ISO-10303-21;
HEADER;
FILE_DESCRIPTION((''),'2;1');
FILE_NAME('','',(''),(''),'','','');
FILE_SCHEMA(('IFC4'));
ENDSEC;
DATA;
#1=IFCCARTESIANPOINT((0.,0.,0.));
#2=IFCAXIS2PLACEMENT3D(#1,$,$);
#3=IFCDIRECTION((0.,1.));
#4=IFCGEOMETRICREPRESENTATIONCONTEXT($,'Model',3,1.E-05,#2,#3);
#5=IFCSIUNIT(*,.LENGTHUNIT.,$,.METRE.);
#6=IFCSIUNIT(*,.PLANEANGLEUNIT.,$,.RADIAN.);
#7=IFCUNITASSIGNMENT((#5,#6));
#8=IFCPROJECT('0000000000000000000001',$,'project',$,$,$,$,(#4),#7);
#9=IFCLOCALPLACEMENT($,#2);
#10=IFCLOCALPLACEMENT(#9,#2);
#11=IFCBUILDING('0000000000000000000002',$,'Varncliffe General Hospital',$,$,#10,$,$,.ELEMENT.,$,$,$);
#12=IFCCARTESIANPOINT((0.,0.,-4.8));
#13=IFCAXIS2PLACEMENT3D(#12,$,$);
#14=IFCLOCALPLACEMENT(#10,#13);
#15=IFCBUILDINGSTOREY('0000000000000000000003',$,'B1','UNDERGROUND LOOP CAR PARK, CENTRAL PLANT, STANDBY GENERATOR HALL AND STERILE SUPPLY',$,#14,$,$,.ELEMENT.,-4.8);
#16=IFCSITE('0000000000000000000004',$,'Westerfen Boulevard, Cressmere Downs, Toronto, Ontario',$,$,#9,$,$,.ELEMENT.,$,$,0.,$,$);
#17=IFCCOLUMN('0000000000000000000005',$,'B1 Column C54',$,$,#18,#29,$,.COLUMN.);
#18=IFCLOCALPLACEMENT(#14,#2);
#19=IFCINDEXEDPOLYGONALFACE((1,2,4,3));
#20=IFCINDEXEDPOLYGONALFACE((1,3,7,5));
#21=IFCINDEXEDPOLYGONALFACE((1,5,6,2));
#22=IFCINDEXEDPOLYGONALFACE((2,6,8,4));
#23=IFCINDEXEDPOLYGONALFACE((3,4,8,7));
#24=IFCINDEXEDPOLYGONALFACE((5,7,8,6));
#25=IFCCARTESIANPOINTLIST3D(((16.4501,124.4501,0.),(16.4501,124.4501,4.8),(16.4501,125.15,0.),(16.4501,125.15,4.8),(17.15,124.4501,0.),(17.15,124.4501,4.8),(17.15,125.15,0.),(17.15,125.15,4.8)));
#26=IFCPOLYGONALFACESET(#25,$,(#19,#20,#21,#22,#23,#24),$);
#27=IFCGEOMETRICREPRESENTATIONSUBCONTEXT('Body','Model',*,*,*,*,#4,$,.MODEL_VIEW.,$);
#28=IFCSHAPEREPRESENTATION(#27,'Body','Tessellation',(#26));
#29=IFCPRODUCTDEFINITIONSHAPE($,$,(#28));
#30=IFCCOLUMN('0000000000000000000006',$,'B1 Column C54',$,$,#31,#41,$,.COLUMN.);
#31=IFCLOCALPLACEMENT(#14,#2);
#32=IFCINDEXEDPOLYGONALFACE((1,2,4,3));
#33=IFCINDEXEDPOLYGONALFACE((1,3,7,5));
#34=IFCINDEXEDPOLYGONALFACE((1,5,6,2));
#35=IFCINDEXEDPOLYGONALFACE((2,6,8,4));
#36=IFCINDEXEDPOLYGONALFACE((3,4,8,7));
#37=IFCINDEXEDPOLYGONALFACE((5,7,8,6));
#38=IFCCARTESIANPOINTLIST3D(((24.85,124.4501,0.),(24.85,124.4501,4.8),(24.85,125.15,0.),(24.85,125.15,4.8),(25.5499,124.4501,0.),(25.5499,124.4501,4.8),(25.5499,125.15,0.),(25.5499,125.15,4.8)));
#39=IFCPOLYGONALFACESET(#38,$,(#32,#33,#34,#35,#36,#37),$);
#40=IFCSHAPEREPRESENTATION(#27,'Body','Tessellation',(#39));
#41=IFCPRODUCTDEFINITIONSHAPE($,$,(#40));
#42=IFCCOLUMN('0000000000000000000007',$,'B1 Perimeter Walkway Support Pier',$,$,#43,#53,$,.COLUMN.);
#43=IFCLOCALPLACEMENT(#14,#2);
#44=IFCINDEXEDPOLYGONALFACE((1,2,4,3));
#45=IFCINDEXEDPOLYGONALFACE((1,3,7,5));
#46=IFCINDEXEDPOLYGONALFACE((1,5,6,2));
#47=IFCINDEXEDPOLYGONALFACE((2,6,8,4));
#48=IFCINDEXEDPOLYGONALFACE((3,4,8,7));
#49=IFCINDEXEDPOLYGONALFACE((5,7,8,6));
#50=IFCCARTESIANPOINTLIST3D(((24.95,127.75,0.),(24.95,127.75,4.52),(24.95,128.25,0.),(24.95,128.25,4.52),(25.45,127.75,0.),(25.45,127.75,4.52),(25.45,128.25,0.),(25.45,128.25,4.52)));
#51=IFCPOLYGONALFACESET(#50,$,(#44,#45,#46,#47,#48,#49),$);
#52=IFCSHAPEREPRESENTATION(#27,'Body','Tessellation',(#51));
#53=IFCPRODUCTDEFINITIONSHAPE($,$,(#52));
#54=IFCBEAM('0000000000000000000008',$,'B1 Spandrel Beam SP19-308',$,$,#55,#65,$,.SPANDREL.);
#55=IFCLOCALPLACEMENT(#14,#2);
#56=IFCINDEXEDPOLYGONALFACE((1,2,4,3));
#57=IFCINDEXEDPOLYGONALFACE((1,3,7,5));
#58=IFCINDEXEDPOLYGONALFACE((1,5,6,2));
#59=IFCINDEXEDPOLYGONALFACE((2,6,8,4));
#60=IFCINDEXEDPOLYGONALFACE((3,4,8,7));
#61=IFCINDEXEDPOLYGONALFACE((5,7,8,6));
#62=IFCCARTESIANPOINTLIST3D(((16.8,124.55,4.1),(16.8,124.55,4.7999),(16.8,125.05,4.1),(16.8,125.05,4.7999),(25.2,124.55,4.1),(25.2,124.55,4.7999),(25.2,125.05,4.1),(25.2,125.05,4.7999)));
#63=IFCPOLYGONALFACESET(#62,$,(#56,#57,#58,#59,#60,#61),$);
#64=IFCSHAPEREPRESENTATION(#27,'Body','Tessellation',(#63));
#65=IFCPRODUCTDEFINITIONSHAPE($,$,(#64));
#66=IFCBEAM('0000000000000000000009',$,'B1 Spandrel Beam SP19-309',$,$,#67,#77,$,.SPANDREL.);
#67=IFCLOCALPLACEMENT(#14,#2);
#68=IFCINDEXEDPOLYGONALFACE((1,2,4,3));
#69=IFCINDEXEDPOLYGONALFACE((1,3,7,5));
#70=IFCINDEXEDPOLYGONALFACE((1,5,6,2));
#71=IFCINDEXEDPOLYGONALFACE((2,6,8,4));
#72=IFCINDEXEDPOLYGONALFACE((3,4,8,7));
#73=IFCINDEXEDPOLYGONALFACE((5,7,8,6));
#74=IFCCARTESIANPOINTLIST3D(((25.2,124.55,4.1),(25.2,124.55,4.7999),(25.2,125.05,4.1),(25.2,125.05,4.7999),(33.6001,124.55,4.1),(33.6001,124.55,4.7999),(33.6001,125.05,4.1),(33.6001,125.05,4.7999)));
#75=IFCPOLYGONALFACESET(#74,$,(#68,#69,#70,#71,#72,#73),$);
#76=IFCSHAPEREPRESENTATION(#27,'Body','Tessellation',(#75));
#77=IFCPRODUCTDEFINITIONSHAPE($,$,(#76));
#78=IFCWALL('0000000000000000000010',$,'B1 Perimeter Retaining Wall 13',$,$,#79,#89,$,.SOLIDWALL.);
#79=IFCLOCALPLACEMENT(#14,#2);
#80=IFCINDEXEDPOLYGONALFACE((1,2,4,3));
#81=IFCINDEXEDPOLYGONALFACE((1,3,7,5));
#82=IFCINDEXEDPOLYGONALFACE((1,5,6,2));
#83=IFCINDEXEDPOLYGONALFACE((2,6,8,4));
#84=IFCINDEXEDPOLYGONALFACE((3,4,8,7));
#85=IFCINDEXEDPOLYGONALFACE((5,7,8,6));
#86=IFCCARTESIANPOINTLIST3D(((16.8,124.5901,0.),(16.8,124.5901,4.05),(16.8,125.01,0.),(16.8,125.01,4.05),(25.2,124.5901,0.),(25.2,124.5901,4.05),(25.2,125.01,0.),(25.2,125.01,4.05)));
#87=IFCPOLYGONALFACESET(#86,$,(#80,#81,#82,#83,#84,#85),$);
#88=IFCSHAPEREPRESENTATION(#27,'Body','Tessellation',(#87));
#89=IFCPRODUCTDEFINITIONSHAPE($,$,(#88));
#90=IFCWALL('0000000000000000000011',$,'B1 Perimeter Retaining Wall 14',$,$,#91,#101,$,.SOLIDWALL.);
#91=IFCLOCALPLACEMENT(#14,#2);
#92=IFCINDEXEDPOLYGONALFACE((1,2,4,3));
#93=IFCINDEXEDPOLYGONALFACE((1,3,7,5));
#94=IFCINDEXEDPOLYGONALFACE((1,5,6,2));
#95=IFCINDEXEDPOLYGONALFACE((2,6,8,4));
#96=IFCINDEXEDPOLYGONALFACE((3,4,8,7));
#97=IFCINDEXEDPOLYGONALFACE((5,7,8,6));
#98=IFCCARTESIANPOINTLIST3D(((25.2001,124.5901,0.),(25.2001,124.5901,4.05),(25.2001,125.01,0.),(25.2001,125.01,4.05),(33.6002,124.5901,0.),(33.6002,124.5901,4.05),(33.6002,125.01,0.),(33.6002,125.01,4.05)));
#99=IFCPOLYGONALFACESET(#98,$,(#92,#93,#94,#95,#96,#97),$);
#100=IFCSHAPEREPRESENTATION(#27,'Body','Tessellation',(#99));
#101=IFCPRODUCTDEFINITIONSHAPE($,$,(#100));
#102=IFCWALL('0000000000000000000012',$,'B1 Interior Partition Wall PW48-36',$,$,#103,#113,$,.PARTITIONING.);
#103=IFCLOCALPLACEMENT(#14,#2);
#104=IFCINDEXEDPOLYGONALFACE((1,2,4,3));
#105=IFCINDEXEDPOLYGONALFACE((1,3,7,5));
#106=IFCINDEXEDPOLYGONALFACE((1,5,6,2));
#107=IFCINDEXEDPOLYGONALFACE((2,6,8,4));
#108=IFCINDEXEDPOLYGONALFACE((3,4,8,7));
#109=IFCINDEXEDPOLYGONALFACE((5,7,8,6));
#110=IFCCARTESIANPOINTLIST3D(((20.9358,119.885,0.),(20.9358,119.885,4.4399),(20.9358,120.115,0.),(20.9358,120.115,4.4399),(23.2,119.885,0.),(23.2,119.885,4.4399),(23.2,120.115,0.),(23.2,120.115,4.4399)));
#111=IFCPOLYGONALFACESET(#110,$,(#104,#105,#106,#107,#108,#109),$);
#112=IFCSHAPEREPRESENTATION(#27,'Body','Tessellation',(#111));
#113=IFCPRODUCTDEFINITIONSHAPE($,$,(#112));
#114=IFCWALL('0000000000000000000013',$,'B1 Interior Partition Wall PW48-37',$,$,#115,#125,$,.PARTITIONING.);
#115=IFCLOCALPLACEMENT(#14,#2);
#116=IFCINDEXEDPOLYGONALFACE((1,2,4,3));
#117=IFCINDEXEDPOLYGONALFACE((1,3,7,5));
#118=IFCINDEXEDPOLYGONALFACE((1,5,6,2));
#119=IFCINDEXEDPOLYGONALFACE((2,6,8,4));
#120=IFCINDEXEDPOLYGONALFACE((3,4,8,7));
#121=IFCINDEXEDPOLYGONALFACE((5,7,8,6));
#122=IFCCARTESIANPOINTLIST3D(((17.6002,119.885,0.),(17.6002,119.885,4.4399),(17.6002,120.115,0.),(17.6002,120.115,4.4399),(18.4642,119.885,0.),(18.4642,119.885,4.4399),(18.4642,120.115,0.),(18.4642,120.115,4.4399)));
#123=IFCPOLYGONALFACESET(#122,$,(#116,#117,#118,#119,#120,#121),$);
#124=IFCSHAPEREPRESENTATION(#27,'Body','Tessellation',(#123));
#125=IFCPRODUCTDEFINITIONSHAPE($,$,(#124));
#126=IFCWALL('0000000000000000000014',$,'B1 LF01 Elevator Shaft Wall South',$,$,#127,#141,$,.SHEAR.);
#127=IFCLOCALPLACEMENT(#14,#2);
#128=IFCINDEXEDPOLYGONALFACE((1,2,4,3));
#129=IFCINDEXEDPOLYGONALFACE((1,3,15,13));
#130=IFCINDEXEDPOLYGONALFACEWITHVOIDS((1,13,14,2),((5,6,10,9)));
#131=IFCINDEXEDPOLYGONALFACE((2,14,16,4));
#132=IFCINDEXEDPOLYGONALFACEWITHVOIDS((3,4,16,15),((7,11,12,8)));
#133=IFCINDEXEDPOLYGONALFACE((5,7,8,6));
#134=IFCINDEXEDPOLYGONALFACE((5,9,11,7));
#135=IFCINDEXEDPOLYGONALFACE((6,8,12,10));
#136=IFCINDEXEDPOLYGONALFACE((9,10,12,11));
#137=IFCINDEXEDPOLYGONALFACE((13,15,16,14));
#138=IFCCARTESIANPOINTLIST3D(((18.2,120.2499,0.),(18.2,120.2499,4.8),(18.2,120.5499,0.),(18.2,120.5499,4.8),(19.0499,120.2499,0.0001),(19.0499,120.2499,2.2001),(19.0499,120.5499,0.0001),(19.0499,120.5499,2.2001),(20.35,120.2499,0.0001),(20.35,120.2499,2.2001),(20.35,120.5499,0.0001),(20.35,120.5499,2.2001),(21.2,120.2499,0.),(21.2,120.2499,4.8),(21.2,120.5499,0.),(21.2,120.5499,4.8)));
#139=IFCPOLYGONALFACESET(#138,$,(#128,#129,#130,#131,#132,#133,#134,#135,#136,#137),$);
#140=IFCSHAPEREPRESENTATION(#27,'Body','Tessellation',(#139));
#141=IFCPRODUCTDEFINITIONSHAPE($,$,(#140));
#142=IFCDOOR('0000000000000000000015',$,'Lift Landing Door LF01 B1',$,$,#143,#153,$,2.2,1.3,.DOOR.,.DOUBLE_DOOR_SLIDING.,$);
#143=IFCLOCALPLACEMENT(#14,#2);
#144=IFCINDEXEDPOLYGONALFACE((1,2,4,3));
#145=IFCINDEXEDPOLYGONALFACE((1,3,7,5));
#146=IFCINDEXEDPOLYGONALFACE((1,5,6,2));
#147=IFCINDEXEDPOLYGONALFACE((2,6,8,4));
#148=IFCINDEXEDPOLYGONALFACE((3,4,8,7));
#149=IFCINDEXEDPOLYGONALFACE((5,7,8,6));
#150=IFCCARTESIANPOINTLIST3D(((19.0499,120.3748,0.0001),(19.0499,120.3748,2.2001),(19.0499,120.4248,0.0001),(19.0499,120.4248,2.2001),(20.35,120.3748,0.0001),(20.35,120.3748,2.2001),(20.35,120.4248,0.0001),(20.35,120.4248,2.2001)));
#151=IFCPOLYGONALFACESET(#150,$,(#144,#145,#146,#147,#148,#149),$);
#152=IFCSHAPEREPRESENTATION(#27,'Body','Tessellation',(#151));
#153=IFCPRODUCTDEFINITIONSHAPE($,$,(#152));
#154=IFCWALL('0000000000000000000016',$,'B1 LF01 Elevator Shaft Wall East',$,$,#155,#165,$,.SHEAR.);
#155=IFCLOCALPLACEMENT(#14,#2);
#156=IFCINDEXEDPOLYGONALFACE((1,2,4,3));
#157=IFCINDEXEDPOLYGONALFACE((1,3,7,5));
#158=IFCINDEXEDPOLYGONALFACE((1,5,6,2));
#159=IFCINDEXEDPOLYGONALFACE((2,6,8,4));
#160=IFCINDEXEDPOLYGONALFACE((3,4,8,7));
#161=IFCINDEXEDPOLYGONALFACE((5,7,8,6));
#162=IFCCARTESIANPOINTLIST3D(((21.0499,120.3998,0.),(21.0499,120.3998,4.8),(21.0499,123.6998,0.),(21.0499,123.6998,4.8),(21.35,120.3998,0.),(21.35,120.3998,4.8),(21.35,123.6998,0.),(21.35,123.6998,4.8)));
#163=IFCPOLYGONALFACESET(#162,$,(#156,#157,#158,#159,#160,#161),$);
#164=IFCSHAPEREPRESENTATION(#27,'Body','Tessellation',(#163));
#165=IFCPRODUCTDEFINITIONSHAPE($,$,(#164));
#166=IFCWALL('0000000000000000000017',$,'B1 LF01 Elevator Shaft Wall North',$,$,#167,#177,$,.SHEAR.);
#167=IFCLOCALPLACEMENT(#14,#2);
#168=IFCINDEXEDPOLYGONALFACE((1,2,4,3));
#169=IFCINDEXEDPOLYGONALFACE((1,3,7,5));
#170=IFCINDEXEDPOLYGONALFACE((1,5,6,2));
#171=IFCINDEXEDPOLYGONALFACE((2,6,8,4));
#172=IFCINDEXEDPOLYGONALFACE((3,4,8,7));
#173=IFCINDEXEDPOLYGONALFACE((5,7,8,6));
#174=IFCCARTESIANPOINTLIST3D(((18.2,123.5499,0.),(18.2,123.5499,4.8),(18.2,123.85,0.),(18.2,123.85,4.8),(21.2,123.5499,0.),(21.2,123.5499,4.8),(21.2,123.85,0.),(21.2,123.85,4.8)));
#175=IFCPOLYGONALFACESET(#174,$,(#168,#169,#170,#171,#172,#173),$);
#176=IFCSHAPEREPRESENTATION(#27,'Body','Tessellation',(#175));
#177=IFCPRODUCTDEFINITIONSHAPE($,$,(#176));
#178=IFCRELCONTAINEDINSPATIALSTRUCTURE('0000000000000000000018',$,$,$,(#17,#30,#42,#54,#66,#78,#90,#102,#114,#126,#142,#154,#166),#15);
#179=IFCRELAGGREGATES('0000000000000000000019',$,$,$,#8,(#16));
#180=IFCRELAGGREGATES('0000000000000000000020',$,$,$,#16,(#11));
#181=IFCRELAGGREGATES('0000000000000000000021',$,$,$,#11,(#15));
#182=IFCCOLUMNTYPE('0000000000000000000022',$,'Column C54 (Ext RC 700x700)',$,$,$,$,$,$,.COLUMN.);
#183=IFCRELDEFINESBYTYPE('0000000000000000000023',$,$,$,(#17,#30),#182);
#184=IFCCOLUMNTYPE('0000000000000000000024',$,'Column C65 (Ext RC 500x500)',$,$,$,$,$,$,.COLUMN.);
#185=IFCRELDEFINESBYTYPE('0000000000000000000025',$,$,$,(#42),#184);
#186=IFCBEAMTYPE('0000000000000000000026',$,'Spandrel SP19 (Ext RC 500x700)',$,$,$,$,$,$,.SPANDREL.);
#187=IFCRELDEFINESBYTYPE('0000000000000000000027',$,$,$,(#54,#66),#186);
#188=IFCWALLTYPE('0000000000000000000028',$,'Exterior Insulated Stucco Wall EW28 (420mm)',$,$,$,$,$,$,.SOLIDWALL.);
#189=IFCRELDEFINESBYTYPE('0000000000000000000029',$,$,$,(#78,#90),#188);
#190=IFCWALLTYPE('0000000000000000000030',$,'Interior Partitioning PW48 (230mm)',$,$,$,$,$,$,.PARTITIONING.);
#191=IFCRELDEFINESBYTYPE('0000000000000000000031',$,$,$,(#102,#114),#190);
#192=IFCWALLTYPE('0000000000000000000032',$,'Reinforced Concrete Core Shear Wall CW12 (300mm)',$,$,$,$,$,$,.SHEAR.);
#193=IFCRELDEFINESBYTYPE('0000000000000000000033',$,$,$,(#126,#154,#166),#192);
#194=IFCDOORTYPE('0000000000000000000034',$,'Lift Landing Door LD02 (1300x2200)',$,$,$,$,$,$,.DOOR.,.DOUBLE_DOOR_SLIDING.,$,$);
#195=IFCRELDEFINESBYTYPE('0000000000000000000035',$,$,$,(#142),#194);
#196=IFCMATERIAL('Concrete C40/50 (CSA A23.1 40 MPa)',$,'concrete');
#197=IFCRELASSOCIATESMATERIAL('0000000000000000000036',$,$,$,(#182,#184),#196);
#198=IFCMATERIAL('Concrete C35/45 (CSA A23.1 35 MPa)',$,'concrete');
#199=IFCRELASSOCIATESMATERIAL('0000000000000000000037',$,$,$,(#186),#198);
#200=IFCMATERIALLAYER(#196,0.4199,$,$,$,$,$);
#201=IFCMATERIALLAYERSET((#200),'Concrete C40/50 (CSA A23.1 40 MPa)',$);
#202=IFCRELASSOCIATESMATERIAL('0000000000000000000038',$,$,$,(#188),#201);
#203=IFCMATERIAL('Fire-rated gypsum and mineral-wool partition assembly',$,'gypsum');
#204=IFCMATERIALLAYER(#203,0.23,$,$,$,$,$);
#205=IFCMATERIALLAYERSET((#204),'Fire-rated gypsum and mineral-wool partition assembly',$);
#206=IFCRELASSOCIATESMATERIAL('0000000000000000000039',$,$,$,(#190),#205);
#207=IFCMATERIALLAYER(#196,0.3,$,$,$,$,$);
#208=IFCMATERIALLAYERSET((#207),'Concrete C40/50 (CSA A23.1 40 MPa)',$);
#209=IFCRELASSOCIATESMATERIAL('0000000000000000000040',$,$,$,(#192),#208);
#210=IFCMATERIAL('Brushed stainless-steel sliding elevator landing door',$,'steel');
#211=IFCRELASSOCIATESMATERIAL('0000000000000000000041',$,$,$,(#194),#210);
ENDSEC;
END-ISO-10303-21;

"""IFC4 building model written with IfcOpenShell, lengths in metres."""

from ifc_helpers import new_model, si_unit, direction, frame, frame_2d, origin, origin_2d, place, context, subcontext, project, spatial, rectangle, extrude, material, layer, layer_set, material_profile, profile_set, type_object, element, fill, save


model = new_model("IFC4")

# Units and contexts
model_context = context("Model", 3, precision=1e-05, world=origin(), true_north=direction((0.0, 1.0)))
body_context = subcontext(model_context, "Body", "Model", "MODEL_VIEW")
ifc_project = project(units=[si_unit("LENGTHUNIT", "METRE"), si_unit("PLANEANGLEUNIT", "RADIAN")], contexts=[model_context])

# Site, building, storey
site_placement = place(None, origin())
site = spatial("IfcSite", under=ifc_project, at=site_placement, Name="Westerfen Boulevard, Cressmere Downs, Toronto, Ontario", CompositionType="ELEMENT", RefElevation=0.0)
building_placement = place(site_placement, origin())
building = spatial("IfcBuilding", under=site, at=building_placement, Name="Varncliffe General Hospital", CompositionType="ELEMENT")
storey_placement = place(building_placement, frame((0.0, 0.0, -4.8)))
storey = spatial("IfcBuildingStorey", under=building, at=storey_placement, Name="B1", Description="UNDERGROUND LOOP CAR PARK, CENTRAL PLANT, STANDBY GENERATOR HALL AND STERILE SUPPLY", CompositionType="ELEMENT", Elevation=-4.8)

# Shared definitions
ifc_material_1 = material(Name="Concrete C40/50 (CSA A23.1 40 MPa)", Category="concrete")

# Columns
ifc_material_profile_1 = material_profile(ifc_material_1, rectangle(XDim=0.7, YDim=0.7, at=origin_2d()), Name="RC 700x700")
ifc_profile_set_1 = profile_set([ifc_material_profile_1], Name="Concrete C40/50 (CSA A23.1 40 MPa)")
column_type_1 = type_object("IfcColumnType", Name="Column C54 (Ext RC 700x700)", PredefinedType="COLUMN", material=ifc_profile_set_1)
for number, where, z_axis, x_axis, name in (
    (1, (16.8, 124.8, 0.0), (0.0, 0.0, 1.0), (1.0, 0.0, 0.0), "B1 Column C54"),
    (2, (25.2, 124.8, 0.0), (0.0, 0.0, 1.0), (1.0, 0.0, 0.0), "B1 Column C54"),
):
    element("IfcColumn", number, at=place(storey_placement, frame(where, z_axis=z_axis, x_axis=x_axis)), inside=storey, type_object=column_type_1, Name=name, PredefinedType="COLUMN", context=body_context, shape_type="SweptSolid", body=[
        extrude(rectangle(XDim=0.7, YDim=0.7, at=origin_2d()), origin(), (0.0, 0.0, 1.0), 4.8),
    ])
ifc_material_profile_2 = material_profile(ifc_material_1, rectangle(XDim=0.5, YDim=0.5, at=origin_2d()), Name="RC 500x500")
ifc_profile_set_2 = profile_set([ifc_material_profile_2], Name="Concrete C40/50 (CSA A23.1 40 MPa)")
column_type_2 = type_object("IfcColumnType", Name="Column C65 (Ext RC 500x500)", PredefinedType="COLUMN", material=ifc_profile_set_2)
column_placement = place(storey_placement, frame((25.2, 128.0, 0.0), z_axis=(0.0, 0.0, 1.0), x_axis=(1.0, 0.0, 0.0)))
element("IfcColumn", 3, at=column_placement, inside=storey, type_object=column_type_2, Name="B1 Perimeter Walkway Support Pier", PredefinedType="COLUMN", context=body_context, shape_type="SweptSolid", body=[
    extrude(rectangle(XDim=0.5, YDim=0.5, at=origin_2d()), origin(), (0.0, 0.0, 1.0), 4.52),
])

# Beams
ifc_material_2 = material(Name="Concrete C35/45 (CSA A23.1 35 MPa)", Category="concrete")
ifc_material_profile_3 = material_profile(ifc_material_2, rectangle(XDim=0.5, YDim=0.7, at=origin_2d()), Name="RC 500x700")
ifc_profile_set_3 = profile_set([ifc_material_profile_3], Name="Concrete C35/45 (CSA A23.1 35 MPa)")
beam_type = type_object("IfcBeamType", Name="Spandrel SP19 (Ext RC 500x700)", PredefinedType="SPANDREL", material=ifc_profile_set_3)
beam_1_placement = place(storey_placement, frame((16.8, 124.8, 4.45), z_axis=(1.0, 0.0, 0.0), x_axis=(0.0, 1.0, 0.0)))
element("IfcBeam", 4, at=beam_1_placement, inside=storey, type_object=beam_type, Name="B1 Spandrel Beam SP19-308", PredefinedType="SPANDREL", context=body_context, shape_type="SweptSolid", body=[
    extrude(rectangle(XDim=0.5, YDim=0.7, at=origin_2d()), origin(), (0.0, 0.0, 1.0), 8.3999),
])
beam_2_placement = place(storey_placement, frame((25.2, 124.8, 4.45), z_axis=(1.0, 0.0, 0.0), x_axis=(0.0, 1.0, 0.0)))
element("IfcBeam", 5, at=beam_2_placement, inside=storey, type_object=beam_type, Name="B1 Spandrel Beam SP19-309", PredefinedType="SPANDREL", context=body_context, shape_type="SweptSolid", body=[
    extrude(rectangle(XDim=0.5, YDim=0.7, at=origin_2d()), origin(), (0.0, 0.0, 1.0), 8.4001),
])

# Walls
ifc_layer_1 = layer(ifc_material_1, 0.4199)
ifc_layer_set_1 = layer_set([ifc_layer_1], Name="Concrete C40/50 (CSA A23.1 40 MPa)")
wall_type_1 = type_object("IfcWallType", Name="Exterior Insulated Stucco Wall EW28 (420mm)", PredefinedType="SOLIDWALL", material=ifc_layer_set_1)
wall_1_placement = place(storey_placement, frame((16.8, 124.8, 0.0), z_axis=(0.0, 0.0, 1.0), x_axis=(1.0, 0.0, 0.0)))
element("IfcWall", 6, at=wall_1_placement, inside=storey, type_object=wall_type_1, Name="B1 Perimeter Retaining Wall 13", PredefinedType="SOLIDWALL", context=body_context, shape_type="SweptSolid", body=[
    extrude(rectangle(XDim=8.3999, YDim=0.4199, at=frame_2d((4.2, 0.0))), origin(), (0.0, 0.0, 1.0), 4.05),
])
wall_2_placement = place(storey_placement, frame((25.2, 124.8, 0.0), z_axis=(0.0, 0.0, 1.0), x_axis=(1.0, 0.0, 0.0)))
element("IfcWall", 7, at=wall_2_placement, inside=storey, type_object=wall_type_1, Name="B1 Perimeter Retaining Wall 14", PredefinedType="SOLIDWALL", context=body_context, shape_type="SweptSolid", body=[
    extrude(rectangle(XDim=8.4001, YDim=0.4199, at=frame_2d((4.2002, 0.0))), origin(), (0.0, 0.0, 1.0), 4.05),
])
ifc_material_3 = material(Name="Fire-rated gypsum and mineral-wool partition assembly", Category="gypsum")
ifc_layer_2 = layer(ifc_material_3, 0.23)
ifc_layer_set_2 = layer_set([ifc_layer_2], Name="Fire-rated gypsum and mineral-wool partition assembly")
wall_type_2 = type_object("IfcWallType", Name="Interior Partitioning PW48 (230mm)", PredefinedType="PARTITIONING", material=ifc_layer_set_2)
wall_3_placement = place(storey_placement, frame((20.9358, 120.0, 0.0), z_axis=(0.0, 0.0, 1.0), x_axis=(1.0, 0.0, 0.0)))
element("IfcWall", 8, at=wall_3_placement, inside=storey, type_object=wall_type_2, Name="B1 Interior Partition Wall PW48-36", PredefinedType="PARTITIONING", context=body_context, shape_type="SweptSolid", body=[
    extrude(rectangle(XDim=2.2642, YDim=0.23, at=frame_2d((1.1321, 0.0))), origin(), (0.0, 0.0, 1.0), 4.4399),
])
wall_4_placement = place(storey_placement, frame((17.6001, 120.0, 0.0), z_axis=(0.0, 0.0, 1.0), x_axis=(1.0, 0.0, 0.0)))
element("IfcWall", 9, at=wall_4_placement, inside=storey, type_object=wall_type_2, Name="B1 Interior Partition Wall PW48-37", PredefinedType="PARTITIONING", context=body_context, shape_type="SweptSolid", body=[
    extrude(rectangle(XDim=0.864, YDim=0.23, at=frame_2d((0.4321, 0.0))), origin(), (0.0, 0.0, 1.0), 4.4399),
])

# Wall, opening, door
ifc_layer_3 = layer(ifc_material_1, 0.3)
ifc_layer_set_3 = layer_set([ifc_layer_3], Name="Concrete C40/50 (CSA A23.1 40 MPa)")
wall_type_3 = type_object("IfcWallType", Name="Reinforced Concrete Core Shear Wall CW12 (300mm)", PredefinedType="SHEAR", material=ifc_layer_set_3)
wall_5_placement = place(storey_placement, frame((18.2, 120.3999, 0.0), z_axis=(0.0, 0.0, 1.0), x_axis=(1.0, 0.0, 0.0)))
wall_5 = element("IfcWall", 10, at=wall_5_placement, inside=storey, type_object=wall_type_3, Name="B1 LF01 Elevator Shaft Wall South", PredefinedType="SHEAR", context=body_context, shape_type="SweptSolid", body=[
    extrude(rectangle(XDim=3.0, YDim=0.3, at=frame_2d((1.5, 0.0))), origin(), (0.0, 0.0, 1.0), 4.8),
])
opening_placement = place(wall_5_placement, frame((0.8501, 0.0, 0.0)))
opening = element("IfcOpeningElement", 11, at=opening_placement, cuts=wall_5, PredefinedType="OPENING", context=body_context, shape_type="SweptSolid", body=[
    extrude(rectangle(XDim=1.3, YDim=2.2, at=frame_2d((0.6499, 1.1001))), frame((0.0, 0.1602, 0.0), z_axis=(0.0, -1.0, 0.0), x_axis=(1.0, 0.0, 0.0)), (0.0, 0.0, 1.0), 0.3201),
])
ifc_material_4 = material(Name="Brushed stainless-steel sliding elevator landing door", Category="steel")
door_type = type_object("IfcDoorType", Name="Lift Landing Door LD02 (1300x2200)", OperationType="DOUBLE_DOOR_SLIDING", PredefinedType="DOOR", material=ifc_material_4)
door_placement = place(opening_placement, origin())
door = element("IfcDoor", 12, at=door_placement, inside=storey, type_object=door_type, Name="Lift Landing Door LF01 B1", OperationType="DOUBLE_DOOR_SLIDING", OverallHeight=2.2, OverallWidth=1.3, PredefinedType="DOOR", context=body_context, shape_type="SweptSolid", body=[
    extrude(rectangle(XDim=1.3, YDim=2.2, at=frame_2d((0.6499, 1.1001))), frame((0.0, 0.0249, 0.0), z_axis=(0.0, -1.0, 0.0), x_axis=(1.0, 0.0, 0.0)), (0.0, 0.0, 1.0), 0.05),
])
fill(opening, door)

# Walls
wall_6_placement = place(storey_placement, frame((21.2, 120.3999, 0.0), z_axis=(0.0, 0.0, 1.0), x_axis=(0.0, 1.0, 0.0)))
element("IfcWall", 13, at=wall_6_placement, inside=storey, type_object=wall_type_3, Name="B1 LF01 Elevator Shaft Wall East", PredefinedType="SHEAR", context=body_context, shape_type="SweptSolid", body=[
    extrude(rectangle(XDim=3.3, YDim=0.3, at=frame_2d((1.6499, 0.0))), origin(), (0.0, 0.0, 1.0), 4.8),
])
wall_7_placement = place(storey_placement, frame((21.2, 123.7, 0.0), z_axis=(0.0, 0.0, 1.0), x_axis=(-1.0, 0.0, 0.0)))
element("IfcWall", 14, at=wall_7_placement, inside=storey, type_object=wall_type_3, Name="B1 LF01 Elevator Shaft Wall North", PredefinedType="SHEAR", context=body_context, shape_type="SweptSolid", body=[
    extrude(rectangle(XDim=3.0, YDim=0.3, at=frame_2d((1.5, 0.0))), origin(), (0.0, 0.0, 1.0), 4.8),
])

save(model, "model.ifc")
